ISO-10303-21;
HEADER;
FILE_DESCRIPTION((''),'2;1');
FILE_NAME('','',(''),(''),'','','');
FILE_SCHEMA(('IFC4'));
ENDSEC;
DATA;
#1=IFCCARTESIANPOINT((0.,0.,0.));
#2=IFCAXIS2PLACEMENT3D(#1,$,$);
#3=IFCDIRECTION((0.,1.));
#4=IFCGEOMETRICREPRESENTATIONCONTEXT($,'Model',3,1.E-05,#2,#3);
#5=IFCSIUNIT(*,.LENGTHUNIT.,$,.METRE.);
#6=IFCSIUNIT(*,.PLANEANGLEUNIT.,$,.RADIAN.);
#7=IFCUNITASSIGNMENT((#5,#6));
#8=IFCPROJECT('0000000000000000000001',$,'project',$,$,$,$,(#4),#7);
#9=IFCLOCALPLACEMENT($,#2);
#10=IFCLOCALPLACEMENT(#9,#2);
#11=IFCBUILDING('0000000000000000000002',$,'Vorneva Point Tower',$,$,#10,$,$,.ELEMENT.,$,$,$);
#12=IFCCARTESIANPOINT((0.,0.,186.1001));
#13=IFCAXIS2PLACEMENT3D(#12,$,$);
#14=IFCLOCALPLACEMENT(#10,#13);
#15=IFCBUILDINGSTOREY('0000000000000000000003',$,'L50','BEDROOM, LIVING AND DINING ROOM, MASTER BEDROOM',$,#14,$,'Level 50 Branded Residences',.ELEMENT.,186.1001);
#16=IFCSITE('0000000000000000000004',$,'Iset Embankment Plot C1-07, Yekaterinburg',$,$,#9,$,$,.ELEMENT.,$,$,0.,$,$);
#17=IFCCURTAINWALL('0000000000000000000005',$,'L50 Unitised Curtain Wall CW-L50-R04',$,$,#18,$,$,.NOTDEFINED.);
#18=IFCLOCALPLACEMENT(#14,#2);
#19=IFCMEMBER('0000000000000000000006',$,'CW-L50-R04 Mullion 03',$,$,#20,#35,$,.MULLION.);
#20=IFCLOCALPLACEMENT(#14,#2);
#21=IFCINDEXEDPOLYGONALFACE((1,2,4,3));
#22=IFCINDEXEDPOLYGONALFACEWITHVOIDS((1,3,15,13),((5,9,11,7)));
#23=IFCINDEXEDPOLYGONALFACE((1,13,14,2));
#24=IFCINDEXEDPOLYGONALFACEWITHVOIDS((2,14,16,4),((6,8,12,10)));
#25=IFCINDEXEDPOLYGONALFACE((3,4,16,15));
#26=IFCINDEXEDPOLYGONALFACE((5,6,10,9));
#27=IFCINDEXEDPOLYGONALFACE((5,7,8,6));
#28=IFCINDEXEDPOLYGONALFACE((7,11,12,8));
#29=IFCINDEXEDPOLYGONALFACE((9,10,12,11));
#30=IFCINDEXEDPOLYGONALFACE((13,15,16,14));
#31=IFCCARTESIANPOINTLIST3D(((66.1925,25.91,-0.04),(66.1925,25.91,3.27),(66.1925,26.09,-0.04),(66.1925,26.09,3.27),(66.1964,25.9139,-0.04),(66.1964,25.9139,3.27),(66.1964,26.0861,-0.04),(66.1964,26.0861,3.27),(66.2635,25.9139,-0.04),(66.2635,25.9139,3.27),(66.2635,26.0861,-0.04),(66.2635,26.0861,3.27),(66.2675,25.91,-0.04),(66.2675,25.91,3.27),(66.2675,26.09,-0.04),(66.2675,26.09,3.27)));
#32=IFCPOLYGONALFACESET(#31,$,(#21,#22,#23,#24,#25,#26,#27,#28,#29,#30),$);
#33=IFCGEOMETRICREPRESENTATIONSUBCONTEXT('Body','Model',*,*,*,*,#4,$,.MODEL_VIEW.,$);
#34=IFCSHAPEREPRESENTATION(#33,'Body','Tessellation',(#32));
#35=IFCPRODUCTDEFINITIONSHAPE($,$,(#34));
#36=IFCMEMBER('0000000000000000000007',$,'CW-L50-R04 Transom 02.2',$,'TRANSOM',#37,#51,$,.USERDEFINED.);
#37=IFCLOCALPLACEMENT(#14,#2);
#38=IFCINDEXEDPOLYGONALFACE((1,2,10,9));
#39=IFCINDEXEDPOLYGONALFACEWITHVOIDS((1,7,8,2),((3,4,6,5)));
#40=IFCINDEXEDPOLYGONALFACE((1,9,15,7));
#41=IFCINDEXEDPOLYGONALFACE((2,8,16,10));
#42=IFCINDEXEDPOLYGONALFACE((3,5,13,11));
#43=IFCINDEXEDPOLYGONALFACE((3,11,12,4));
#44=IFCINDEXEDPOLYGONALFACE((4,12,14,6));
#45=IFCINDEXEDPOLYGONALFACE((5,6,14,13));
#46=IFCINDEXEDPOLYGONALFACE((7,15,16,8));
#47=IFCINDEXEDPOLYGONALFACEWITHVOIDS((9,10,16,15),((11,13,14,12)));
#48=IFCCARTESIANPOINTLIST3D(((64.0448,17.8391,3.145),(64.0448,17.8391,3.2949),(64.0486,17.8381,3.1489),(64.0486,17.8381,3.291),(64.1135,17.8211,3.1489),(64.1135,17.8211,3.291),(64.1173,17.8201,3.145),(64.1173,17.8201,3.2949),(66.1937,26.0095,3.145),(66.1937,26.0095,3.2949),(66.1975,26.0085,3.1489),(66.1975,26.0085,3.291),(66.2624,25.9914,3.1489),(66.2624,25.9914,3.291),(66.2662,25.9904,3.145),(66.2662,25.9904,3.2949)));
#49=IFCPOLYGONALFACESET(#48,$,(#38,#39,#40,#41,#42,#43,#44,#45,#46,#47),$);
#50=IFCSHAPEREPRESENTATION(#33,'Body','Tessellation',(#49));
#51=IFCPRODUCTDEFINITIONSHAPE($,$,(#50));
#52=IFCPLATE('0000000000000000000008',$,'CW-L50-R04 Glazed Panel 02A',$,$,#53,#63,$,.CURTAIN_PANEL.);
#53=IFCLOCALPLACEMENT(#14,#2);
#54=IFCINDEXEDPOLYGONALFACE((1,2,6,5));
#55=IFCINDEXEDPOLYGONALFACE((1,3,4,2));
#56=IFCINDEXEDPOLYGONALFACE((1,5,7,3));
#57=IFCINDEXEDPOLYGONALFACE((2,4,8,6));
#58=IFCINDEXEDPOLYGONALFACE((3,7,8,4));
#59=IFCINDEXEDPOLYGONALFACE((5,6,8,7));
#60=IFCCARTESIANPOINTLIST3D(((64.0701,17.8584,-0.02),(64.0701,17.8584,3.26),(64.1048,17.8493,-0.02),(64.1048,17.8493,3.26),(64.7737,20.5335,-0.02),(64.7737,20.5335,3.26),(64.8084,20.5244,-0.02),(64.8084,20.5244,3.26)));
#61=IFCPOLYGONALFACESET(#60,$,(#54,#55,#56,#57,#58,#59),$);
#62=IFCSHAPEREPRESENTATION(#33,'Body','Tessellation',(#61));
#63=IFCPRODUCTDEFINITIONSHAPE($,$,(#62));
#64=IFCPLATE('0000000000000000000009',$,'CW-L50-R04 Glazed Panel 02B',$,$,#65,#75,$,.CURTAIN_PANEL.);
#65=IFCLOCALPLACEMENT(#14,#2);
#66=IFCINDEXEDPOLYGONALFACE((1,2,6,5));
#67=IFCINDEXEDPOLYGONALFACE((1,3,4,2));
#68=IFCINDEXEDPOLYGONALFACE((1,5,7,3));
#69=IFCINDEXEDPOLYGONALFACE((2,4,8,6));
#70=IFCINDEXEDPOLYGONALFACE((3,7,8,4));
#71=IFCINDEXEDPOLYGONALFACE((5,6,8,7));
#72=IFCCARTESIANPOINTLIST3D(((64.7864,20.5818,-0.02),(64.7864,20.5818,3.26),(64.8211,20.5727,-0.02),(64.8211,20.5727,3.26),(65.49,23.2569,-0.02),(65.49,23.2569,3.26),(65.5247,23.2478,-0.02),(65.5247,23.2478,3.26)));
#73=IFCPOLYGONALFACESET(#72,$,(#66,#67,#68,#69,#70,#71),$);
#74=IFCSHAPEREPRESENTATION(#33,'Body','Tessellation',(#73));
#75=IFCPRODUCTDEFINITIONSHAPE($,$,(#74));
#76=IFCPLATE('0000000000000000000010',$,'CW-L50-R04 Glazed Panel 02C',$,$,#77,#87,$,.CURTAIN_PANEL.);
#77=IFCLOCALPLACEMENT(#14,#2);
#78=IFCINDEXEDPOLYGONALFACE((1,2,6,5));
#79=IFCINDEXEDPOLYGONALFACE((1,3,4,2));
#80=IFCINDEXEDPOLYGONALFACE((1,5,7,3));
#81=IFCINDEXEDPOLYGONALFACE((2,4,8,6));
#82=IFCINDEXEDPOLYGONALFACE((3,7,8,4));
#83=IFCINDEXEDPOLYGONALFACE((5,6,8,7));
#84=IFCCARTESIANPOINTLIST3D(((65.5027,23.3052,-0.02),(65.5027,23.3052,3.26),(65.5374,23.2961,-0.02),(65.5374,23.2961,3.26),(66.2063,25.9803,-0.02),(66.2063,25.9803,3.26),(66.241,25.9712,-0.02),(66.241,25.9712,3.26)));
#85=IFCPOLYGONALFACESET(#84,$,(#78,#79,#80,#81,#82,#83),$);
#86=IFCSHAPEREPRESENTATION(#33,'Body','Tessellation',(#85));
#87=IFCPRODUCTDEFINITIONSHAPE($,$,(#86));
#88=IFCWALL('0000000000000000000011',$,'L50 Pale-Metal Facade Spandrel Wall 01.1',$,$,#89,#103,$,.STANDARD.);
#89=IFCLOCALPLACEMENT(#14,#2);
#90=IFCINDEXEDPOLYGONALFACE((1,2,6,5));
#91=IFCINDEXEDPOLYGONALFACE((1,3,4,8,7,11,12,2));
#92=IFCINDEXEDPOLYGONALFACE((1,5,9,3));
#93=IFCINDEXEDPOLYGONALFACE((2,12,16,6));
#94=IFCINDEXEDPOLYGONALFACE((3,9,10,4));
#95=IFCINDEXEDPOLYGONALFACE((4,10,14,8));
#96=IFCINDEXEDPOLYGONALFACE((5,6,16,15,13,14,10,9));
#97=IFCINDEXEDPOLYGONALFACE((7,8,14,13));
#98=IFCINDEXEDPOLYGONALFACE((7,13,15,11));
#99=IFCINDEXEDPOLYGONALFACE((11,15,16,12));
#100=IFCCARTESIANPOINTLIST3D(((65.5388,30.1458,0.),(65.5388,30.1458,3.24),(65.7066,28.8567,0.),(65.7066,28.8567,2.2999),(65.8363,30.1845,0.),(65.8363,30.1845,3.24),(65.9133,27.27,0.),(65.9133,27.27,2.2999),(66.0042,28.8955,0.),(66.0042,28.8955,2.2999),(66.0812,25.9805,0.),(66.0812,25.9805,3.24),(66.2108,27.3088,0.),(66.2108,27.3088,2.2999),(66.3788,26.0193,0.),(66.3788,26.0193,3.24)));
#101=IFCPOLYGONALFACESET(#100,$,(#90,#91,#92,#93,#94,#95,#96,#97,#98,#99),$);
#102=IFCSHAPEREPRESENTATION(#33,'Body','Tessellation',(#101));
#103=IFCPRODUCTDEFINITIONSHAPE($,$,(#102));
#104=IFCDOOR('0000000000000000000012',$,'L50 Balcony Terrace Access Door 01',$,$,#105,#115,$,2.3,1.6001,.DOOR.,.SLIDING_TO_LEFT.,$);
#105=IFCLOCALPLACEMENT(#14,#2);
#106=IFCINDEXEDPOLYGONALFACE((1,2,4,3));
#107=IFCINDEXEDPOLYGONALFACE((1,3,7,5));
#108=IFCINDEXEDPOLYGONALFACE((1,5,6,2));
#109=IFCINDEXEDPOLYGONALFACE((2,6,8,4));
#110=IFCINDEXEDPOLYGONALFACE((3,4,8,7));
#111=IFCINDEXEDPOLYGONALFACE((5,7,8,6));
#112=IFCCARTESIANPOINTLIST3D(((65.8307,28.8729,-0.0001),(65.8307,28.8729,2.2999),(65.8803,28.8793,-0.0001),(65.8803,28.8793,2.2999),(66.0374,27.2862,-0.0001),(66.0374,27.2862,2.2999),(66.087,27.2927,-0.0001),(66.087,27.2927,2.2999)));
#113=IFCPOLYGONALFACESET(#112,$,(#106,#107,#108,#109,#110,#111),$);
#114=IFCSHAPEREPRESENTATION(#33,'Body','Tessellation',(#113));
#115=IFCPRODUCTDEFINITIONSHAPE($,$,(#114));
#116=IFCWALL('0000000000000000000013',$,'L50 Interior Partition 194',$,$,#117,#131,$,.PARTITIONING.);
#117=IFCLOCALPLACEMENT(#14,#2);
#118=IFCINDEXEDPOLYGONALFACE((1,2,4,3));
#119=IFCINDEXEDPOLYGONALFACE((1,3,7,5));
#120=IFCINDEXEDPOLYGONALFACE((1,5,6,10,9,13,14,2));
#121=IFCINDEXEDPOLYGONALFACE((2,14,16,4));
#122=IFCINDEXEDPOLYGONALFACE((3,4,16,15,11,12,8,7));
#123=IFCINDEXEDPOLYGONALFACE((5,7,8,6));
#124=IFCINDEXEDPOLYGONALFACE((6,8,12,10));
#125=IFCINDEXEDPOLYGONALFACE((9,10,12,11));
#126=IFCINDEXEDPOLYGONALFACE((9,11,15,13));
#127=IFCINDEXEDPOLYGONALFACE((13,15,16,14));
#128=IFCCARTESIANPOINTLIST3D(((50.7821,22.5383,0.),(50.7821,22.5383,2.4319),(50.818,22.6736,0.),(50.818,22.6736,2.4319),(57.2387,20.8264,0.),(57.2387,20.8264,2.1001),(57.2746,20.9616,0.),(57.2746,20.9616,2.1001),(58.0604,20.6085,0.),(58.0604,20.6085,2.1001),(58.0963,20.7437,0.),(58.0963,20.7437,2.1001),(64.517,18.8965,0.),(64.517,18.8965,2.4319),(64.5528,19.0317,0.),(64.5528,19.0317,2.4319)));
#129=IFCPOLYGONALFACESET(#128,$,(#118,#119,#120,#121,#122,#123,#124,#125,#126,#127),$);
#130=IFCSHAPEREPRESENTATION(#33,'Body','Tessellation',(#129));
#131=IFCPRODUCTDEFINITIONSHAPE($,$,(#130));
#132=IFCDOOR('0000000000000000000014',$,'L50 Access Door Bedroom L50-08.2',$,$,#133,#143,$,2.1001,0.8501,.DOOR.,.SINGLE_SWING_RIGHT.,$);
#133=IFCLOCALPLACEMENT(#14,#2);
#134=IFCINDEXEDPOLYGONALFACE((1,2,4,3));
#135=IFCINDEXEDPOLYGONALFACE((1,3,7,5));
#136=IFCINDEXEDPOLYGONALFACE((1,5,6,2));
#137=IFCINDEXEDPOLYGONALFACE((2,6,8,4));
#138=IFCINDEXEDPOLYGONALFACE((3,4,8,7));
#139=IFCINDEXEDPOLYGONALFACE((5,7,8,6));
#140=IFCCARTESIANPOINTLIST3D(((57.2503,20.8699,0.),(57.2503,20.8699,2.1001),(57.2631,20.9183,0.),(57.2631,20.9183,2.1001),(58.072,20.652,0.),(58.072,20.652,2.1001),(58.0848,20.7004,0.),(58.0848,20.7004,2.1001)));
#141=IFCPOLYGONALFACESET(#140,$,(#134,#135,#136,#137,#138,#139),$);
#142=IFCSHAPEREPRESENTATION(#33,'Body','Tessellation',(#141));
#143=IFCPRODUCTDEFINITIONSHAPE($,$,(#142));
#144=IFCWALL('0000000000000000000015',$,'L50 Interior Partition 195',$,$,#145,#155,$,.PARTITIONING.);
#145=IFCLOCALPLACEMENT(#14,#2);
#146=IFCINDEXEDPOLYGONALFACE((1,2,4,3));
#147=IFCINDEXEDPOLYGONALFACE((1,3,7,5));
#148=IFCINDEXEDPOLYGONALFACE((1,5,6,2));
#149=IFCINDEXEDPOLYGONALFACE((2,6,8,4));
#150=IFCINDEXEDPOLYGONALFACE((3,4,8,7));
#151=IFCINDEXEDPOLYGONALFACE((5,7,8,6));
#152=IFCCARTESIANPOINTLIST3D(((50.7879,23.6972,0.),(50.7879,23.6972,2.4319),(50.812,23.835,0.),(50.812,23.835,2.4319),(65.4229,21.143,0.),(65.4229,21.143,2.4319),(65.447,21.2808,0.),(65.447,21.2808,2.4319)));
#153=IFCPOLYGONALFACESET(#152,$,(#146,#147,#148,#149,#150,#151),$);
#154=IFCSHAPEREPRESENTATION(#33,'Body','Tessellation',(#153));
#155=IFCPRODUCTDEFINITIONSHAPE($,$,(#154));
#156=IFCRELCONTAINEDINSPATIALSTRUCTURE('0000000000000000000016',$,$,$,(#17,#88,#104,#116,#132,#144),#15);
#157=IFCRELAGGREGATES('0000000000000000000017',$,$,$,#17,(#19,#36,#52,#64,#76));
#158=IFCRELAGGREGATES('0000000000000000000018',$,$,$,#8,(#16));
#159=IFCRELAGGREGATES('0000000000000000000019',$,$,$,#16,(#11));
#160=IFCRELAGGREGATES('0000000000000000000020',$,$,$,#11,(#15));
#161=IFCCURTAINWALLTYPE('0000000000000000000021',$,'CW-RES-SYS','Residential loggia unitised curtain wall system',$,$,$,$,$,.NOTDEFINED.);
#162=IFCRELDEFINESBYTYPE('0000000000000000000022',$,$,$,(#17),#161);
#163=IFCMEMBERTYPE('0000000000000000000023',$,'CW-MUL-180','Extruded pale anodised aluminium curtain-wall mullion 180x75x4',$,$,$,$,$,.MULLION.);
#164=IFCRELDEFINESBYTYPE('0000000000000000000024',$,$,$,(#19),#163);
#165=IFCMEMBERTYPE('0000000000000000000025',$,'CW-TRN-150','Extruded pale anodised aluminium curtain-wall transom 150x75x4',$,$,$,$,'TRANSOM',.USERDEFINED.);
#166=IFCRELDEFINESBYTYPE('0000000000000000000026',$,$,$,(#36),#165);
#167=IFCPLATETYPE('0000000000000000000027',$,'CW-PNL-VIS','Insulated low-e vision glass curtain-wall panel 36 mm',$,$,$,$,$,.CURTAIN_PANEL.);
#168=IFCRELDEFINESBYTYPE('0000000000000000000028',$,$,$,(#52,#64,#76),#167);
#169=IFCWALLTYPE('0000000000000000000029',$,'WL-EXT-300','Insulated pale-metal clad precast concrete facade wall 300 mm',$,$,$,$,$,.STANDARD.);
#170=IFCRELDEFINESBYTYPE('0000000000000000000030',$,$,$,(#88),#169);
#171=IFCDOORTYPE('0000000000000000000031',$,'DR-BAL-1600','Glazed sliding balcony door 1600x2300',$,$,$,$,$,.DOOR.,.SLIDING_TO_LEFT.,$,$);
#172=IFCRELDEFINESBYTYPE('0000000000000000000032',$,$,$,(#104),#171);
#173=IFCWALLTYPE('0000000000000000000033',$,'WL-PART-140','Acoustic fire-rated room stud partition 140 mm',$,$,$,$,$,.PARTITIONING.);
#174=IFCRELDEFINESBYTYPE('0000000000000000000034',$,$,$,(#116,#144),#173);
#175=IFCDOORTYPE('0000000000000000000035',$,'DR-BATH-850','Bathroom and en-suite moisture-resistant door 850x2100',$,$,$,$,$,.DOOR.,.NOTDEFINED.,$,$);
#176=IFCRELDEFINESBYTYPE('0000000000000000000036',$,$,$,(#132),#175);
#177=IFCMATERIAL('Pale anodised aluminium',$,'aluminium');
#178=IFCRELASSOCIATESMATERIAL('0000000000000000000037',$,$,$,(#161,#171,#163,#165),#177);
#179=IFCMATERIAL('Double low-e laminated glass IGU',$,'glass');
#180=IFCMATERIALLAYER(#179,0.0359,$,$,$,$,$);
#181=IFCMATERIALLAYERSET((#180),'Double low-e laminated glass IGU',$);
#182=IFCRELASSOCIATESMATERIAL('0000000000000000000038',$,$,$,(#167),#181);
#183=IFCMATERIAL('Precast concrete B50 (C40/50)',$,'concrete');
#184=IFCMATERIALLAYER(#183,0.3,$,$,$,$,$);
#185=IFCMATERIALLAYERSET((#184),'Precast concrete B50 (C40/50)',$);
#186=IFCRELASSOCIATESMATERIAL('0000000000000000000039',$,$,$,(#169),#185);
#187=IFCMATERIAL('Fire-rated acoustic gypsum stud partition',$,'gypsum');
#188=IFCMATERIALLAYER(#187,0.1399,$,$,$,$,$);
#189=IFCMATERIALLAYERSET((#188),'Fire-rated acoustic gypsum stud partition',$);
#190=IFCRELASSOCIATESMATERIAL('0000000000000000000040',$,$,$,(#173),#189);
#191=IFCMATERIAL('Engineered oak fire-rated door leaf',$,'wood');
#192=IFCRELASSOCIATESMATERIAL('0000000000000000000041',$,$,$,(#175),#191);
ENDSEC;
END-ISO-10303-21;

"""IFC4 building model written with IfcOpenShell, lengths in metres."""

from ifc_helpers import new_model, si_unit, direction, frame, frame_2d, origin, origin_2d, place, context, subcontext, project, spatial, rectangle, hollow_rectangle, extrude, material, layer, layer_set, material_profile, profile_set, type_object, element, fill, aggregate, save


model = new_model("IFC4")

# Units and contexts
model_context = context("Model", 3, precision=1e-05, world=origin(), true_north=direction((0.0, 1.0)))
body_context = subcontext(model_context, "Body", "Model", "MODEL_VIEW")
ifc_project = project(units=[si_unit("LENGTHUNIT", "METRE"), si_unit("PLANEANGLEUNIT", "RADIAN")], contexts=[model_context])

# Site, building, storey
site_placement = place(None, origin())
site = spatial("IfcSite", under=ifc_project, at=site_placement, Name="Iset Embankment Plot C1-07, Yekaterinburg", CompositionType="ELEMENT", RefElevation=0.0)
building_placement = place(site_placement, origin())
building = spatial("IfcBuilding", under=site, at=building_placement, Name="Vorneva Point Tower", CompositionType="ELEMENT")
storey_placement = place(building_placement, frame((0.0, 0.0, 186.1001)))
storey = spatial("IfcBuildingStorey", under=building, at=storey_placement, Name="L50", Description="BEDROOM, LIVING AND DINING ROOM, MASTER BEDROOM", LongName="Level 50 Branded Residences", CompositionType="ELEMENT", Elevation=186.1001)

# Curtain wall, members, plates
ifc_material_1 = material(Name="Pale anodised aluminium", Category="aluminium")
curtain_wall_type = type_object("IfcCurtainWallType", Name="CW-RES-SYS", Description="Residential loggia unitised curtain wall system", PredefinedType="NOTDEFINED", material=ifc_material_1)
curtain_wall_placement = place(storey_placement, origin())
curtain_wall = element("IfcCurtainWall", 1, at=curtain_wall_placement, inside=storey, type_object=curtain_wall_type, Name="L50 Unitised Curtain Wall CW-L50-R04", PredefinedType="NOTDEFINED")
ifc_material_profile_1 = material_profile(ifc_material_1, hollow_rectangle(XDim=0.075, YDim=0.1799, WallThickness=0.0039, at=origin_2d()), Name="AL-MUL 180x75x4")
ifc_profile_set_1 = profile_set([ifc_material_profile_1], Name="Pale anodised aluminium")
member_type_1 = type_object("IfcMemberType", Name="CW-MUL-180", Description="Extruded pale anodised aluminium curtain-wall mullion 180x75x4", PredefinedType="MULLION", material=ifc_profile_set_1)
member_1_placement = place(storey_placement, frame((66.23, 26.0, -0.04), z_axis=(0.0, 0.0, 1.0), x_axis=(1.0, 0.0, 0.0)))
member_1 = element("IfcMember", 2, at=member_1_placement, type_object=member_type_1, Name="CW-L50-R04 Mullion 03", PredefinedType="MULLION", context=body_context, shape_type="SweptSolid", body=[
    extrude(hollow_rectangle(XDim=0.075, YDim=0.1799, WallThickness=0.0039, at=origin_2d()), origin(), (0.0, 0.0, 1.0), 3.3101),
])
ifc_material_profile_2 = material_profile(ifc_material_1, hollow_rectangle(XDim=0.075, YDim=0.1499, WallThickness=0.0039, at=origin_2d()), Name="AL-TRN 150x75x4")
ifc_profile_set_2 = profile_set([ifc_material_profile_2], Name="Pale anodised aluminium")
member_type_2 = type_object("IfcMemberType", Name="CW-TRN-150", Description="Extruded pale anodised aluminium curtain-wall transom 150x75x4", ElementType="TRANSOM", PredefinedType="USERDEFINED", material=ifc_profile_set_2)
member_2_placement = place(storey_placement, frame((64.0811, 17.8296, 3.22), z_axis=(0.254362, 0.967109, 0.0), x_axis=(-0.967109, 0.254362, 0.0)))
member_2 = element("IfcMember", 3, at=member_2_placement, type_object=member_type_2, Name="CW-L50-R04 Transom 02.2", ObjectType="TRANSOM", PredefinedType="USERDEFINED", context=body_context, shape_type="SweptSolid", body=[
    extrude(hollow_rectangle(XDim=0.075, YDim=0.1499, WallThickness=0.0039, at=origin_2d()), origin(), (0.0, 0.0, 1.0), 8.4482),
])
ifc_material_2 = material(Name="Double low-e laminated glass IGU", Category="glass")
ifc_layer_1 = layer(ifc_material_2, 0.0359)
ifc_layer_set_1 = layer_set([ifc_layer_1], Name="Double low-e laminated glass IGU")
plate_type = type_object("IfcPlateType", Name="CW-PNL-VIS", Description="Insulated low-e vision glass curtain-wall panel 36 mm", PredefinedType="CURTAIN_PANEL", material=ifc_layer_set_1)
plate_1_placement = place(storey_placement, frame((64.4392, 19.1914, -0.02), z_axis=(0.0, 0.0, 1.0), x_axis=(0.254366, 0.967108, 0.0)))
plate_1 = element("IfcPlate", 4, at=plate_1_placement, type_object=plate_type, Name="CW-L50-R04 Glazed Panel 02A", PredefinedType="CURTAIN_PANEL", context=body_context, shape_type="SweptSolid", body=[
    extrude(rectangle(XDim=2.7661, YDim=0.0359, at=origin_2d()), origin(), (0.0, 0.0, 1.0), 3.28),
])
plate_2_placement = place(storey_placement, frame((65.1555, 21.9148, -0.02), z_axis=(0.0, 0.0, 1.0), x_axis=(0.254366, 0.967108, 0.0)))
plate_2 = element("IfcPlate", 5, at=plate_2_placement, type_object=plate_type, Name="CW-L50-R04 Glazed Panel 02B", PredefinedType="CURTAIN_PANEL", context=body_context, shape_type="SweptSolid", body=[
    extrude(rectangle(XDim=2.7661, YDim=0.0359, at=origin_2d()), origin(), (0.0, 0.0, 1.0), 3.28),
])
plate_3_placement = place(storey_placement, frame((65.8718, 24.6382, -0.02), z_axis=(0.0, 0.0, 1.0), x_axis=(0.254366, 0.967108, 0.0)))
plate_3 = element("IfcPlate", 6, at=plate_3_placement, type_object=plate_type, Name="CW-L50-R04 Glazed Panel 02C", PredefinedType="CURTAIN_PANEL", context=body_context, shape_type="SweptSolid", body=[
    extrude(rectangle(XDim=2.7661, YDim=0.0359, at=origin_2d()), origin(), (0.0, 0.0, 1.0), 3.28),
])
aggregate(curtain_wall, [member_1, member_2, plate_1, plate_2, plate_3])

# Walls, openings, doors
ifc_material_3 = material(Name="Precast concrete B50 (C40/50)", Category="concrete")
ifc_layer_2 = layer(ifc_material_3, 0.3)
ifc_layer_set_2 = layer_set([ifc_layer_2], Name="Precast concrete B50 (C40/50)")
wall_type_1 = type_object("IfcWallType", Name="WL-EXT-300", Description="Insulated pale-metal clad precast concrete facade wall 300 mm", PredefinedType="STANDARD", material=ifc_layer_set_2)
wall_1_placement = place(storey_placement, frame((66.23, 26.0, 0.0), z_axis=(0.0, 0.0, 1.0), x_axis=(-0.129148, 0.991625, 0.0)))
wall_1 = element("IfcWall", 7, at=wall_1_placement, inside=storey, type_object=wall_type_1, Name="L50 Pale-Metal Facade Spandrel Wall 01.1", PredefinedType="STANDARD", context=body_context, shape_type="SweptSolid", body=[
    extrude(rectangle(XDim=4.2004, YDim=0.3, at=frame_2d((2.1001, 0.0))), origin(), (0.0, 0.0, 1.0), 3.24),
])
opening_1_placement = place(wall_1_placement, frame((1.3003, 0.0, 0.0)))
opening_1 = element("IfcOpeningElement", 8, at=opening_1_placement, cuts=wall_1, PredefinedType="OPENING", context=body_context, shape_type="SweptSolid", body=[
    extrude(rectangle(XDim=1.6001, YDim=2.3, at=frame_2d((0.8, 1.1499))), frame((0.0, 0.165, 0.0), z_axis=(0.0, -1.0, 0.0), x_axis=(1.0, 0.0, 0.0)), (0.0, 0.0, 1.0), 0.3298),
])
door_type_1 = type_object("IfcDoorType", Name="DR-BAL-1600", Description="Glazed sliding balcony door 1600x2300", OperationType="SLIDING_TO_LEFT", PredefinedType="DOOR", material=ifc_material_1)
door_1_placement = place(opening_1_placement, origin())
door_1 = element("IfcDoor", 9, at=door_1_placement, inside=storey, type_object=door_type_1, Name="L50 Balcony Terrace Access Door 01", OperationType="SLIDING_TO_LEFT", OverallHeight=2.3, OverallWidth=1.6001, PredefinedType="DOOR", context=body_context, shape_type="SweptSolid", body=[
    extrude(rectangle(XDim=1.6001, YDim=2.3, at=frame_2d((0.8, 1.1499))), frame((0.0, 0.0249, 0.0), z_axis=(0.0, -1.0, 0.0), x_axis=(1.0, 0.0, 0.0)), (0.0, 0.0, 1.0), 0.05),
])
fill(opening_1, door_1)
ifc_material_4 = material(Name="Fire-rated acoustic gypsum stud partition", Category="gypsum")
ifc_layer_3 = layer(ifc_material_4, 0.1399)
ifc_layer_set_3 = layer_set([ifc_layer_3], Name="Fire-rated acoustic gypsum stud partition")
wall_type_2 = type_object("IfcWallType", Name="WL-PART-140", Description="Acoustic fire-rated room stud partition 140 mm", PredefinedType="PARTITIONING", material=ifc_layer_set_3)
wall_2_placement = place(storey_placement, frame((64.5349, 18.9641, 0.0), z_axis=(0.0, 0.0, 1.0), x_axis=(-0.966598, 0.256297, 0.0)))
wall_2 = element("IfcWall", 10, at=wall_2_placement, inside=storey, type_object=wall_type_2, Name="L50 Interior Partition 194", PredefinedType="PARTITIONING", context=body_context, shape_type="SweptSolid", body=[
    extrude(rectangle(XDim=14.2095, YDim=0.1399, at=frame_2d((7.1047, 0.0))), origin(), (0.0, 0.0, 1.0), 2.4319),
])
opening_2_placement = place(wall_2_placement, frame((6.6797, 0.0, 0.0)))
opening_2 = element("IfcOpeningElement", 11, at=opening_2_placement, cuts=wall_2, PredefinedType="OPENING", context=body_context, shape_type="SweptSolid", body=[
    extrude(rectangle(XDim=0.8501, YDim=2.1001, at=frame_2d((0.425, 1.05))), frame((0.0, 0.085, 0.0), z_axis=(0.0, -1.0, 0.0), x_axis=(1.0, 0.0, 0.0)), (0.0, 0.0, 1.0), 0.1697),
])
ifc_material_5 = material(Name="Engineered oak fire-rated door leaf", Category="wood")
door_type_2 = type_object("IfcDoorType", Name="DR-BATH-850", Description="Bathroom and en-suite moisture-resistant door 850x2100", OperationType="NOTDEFINED", PredefinedType="DOOR", material=ifc_material_5)
door_2_placement = place(opening_2_placement, origin())
door_2 = element("IfcDoor", 12, at=door_2_placement, inside=storey, type_object=door_type_2, Name="L50 Access Door Bedroom L50-08.2", OperationType="SINGLE_SWING_RIGHT", OverallHeight=2.1001, OverallWidth=0.8501, PredefinedType="DOOR", context=body_context, shape_type="SweptSolid", body=[
    extrude(rectangle(XDim=0.8501, YDim=2.1001, at=frame_2d((0.425, 1.05))), frame((0.0, 0.0249, 0.0), z_axis=(0.0, -1.0, 0.0), x_axis=(1.0, 0.0, 0.0)), (0.0, 0.0, 1.0), 0.05),
])
fill(opening_2, door_2)

# Wall
wall_3_placement = place(storey_placement, frame((65.4351, 21.2119, 0.0), z_axis=(0.0, 0.0, 1.0), x_axis=(-0.98511, 0.171928, 0.0)))
element("IfcWall", 13, at=wall_3_placement, inside=storey, type_object=wall_type_2, Name="L50 Interior Partition 195", PredefinedType="PARTITIONING", context=body_context, shape_type="SweptSolid", body=[
    extrude(rectangle(XDim=14.8562, YDim=0.1399, at=frame_2d((7.4282, 0.0))), origin(), (0.0, 0.0, 1.0), 2.4319),
])

save(model, "model.ifc")
